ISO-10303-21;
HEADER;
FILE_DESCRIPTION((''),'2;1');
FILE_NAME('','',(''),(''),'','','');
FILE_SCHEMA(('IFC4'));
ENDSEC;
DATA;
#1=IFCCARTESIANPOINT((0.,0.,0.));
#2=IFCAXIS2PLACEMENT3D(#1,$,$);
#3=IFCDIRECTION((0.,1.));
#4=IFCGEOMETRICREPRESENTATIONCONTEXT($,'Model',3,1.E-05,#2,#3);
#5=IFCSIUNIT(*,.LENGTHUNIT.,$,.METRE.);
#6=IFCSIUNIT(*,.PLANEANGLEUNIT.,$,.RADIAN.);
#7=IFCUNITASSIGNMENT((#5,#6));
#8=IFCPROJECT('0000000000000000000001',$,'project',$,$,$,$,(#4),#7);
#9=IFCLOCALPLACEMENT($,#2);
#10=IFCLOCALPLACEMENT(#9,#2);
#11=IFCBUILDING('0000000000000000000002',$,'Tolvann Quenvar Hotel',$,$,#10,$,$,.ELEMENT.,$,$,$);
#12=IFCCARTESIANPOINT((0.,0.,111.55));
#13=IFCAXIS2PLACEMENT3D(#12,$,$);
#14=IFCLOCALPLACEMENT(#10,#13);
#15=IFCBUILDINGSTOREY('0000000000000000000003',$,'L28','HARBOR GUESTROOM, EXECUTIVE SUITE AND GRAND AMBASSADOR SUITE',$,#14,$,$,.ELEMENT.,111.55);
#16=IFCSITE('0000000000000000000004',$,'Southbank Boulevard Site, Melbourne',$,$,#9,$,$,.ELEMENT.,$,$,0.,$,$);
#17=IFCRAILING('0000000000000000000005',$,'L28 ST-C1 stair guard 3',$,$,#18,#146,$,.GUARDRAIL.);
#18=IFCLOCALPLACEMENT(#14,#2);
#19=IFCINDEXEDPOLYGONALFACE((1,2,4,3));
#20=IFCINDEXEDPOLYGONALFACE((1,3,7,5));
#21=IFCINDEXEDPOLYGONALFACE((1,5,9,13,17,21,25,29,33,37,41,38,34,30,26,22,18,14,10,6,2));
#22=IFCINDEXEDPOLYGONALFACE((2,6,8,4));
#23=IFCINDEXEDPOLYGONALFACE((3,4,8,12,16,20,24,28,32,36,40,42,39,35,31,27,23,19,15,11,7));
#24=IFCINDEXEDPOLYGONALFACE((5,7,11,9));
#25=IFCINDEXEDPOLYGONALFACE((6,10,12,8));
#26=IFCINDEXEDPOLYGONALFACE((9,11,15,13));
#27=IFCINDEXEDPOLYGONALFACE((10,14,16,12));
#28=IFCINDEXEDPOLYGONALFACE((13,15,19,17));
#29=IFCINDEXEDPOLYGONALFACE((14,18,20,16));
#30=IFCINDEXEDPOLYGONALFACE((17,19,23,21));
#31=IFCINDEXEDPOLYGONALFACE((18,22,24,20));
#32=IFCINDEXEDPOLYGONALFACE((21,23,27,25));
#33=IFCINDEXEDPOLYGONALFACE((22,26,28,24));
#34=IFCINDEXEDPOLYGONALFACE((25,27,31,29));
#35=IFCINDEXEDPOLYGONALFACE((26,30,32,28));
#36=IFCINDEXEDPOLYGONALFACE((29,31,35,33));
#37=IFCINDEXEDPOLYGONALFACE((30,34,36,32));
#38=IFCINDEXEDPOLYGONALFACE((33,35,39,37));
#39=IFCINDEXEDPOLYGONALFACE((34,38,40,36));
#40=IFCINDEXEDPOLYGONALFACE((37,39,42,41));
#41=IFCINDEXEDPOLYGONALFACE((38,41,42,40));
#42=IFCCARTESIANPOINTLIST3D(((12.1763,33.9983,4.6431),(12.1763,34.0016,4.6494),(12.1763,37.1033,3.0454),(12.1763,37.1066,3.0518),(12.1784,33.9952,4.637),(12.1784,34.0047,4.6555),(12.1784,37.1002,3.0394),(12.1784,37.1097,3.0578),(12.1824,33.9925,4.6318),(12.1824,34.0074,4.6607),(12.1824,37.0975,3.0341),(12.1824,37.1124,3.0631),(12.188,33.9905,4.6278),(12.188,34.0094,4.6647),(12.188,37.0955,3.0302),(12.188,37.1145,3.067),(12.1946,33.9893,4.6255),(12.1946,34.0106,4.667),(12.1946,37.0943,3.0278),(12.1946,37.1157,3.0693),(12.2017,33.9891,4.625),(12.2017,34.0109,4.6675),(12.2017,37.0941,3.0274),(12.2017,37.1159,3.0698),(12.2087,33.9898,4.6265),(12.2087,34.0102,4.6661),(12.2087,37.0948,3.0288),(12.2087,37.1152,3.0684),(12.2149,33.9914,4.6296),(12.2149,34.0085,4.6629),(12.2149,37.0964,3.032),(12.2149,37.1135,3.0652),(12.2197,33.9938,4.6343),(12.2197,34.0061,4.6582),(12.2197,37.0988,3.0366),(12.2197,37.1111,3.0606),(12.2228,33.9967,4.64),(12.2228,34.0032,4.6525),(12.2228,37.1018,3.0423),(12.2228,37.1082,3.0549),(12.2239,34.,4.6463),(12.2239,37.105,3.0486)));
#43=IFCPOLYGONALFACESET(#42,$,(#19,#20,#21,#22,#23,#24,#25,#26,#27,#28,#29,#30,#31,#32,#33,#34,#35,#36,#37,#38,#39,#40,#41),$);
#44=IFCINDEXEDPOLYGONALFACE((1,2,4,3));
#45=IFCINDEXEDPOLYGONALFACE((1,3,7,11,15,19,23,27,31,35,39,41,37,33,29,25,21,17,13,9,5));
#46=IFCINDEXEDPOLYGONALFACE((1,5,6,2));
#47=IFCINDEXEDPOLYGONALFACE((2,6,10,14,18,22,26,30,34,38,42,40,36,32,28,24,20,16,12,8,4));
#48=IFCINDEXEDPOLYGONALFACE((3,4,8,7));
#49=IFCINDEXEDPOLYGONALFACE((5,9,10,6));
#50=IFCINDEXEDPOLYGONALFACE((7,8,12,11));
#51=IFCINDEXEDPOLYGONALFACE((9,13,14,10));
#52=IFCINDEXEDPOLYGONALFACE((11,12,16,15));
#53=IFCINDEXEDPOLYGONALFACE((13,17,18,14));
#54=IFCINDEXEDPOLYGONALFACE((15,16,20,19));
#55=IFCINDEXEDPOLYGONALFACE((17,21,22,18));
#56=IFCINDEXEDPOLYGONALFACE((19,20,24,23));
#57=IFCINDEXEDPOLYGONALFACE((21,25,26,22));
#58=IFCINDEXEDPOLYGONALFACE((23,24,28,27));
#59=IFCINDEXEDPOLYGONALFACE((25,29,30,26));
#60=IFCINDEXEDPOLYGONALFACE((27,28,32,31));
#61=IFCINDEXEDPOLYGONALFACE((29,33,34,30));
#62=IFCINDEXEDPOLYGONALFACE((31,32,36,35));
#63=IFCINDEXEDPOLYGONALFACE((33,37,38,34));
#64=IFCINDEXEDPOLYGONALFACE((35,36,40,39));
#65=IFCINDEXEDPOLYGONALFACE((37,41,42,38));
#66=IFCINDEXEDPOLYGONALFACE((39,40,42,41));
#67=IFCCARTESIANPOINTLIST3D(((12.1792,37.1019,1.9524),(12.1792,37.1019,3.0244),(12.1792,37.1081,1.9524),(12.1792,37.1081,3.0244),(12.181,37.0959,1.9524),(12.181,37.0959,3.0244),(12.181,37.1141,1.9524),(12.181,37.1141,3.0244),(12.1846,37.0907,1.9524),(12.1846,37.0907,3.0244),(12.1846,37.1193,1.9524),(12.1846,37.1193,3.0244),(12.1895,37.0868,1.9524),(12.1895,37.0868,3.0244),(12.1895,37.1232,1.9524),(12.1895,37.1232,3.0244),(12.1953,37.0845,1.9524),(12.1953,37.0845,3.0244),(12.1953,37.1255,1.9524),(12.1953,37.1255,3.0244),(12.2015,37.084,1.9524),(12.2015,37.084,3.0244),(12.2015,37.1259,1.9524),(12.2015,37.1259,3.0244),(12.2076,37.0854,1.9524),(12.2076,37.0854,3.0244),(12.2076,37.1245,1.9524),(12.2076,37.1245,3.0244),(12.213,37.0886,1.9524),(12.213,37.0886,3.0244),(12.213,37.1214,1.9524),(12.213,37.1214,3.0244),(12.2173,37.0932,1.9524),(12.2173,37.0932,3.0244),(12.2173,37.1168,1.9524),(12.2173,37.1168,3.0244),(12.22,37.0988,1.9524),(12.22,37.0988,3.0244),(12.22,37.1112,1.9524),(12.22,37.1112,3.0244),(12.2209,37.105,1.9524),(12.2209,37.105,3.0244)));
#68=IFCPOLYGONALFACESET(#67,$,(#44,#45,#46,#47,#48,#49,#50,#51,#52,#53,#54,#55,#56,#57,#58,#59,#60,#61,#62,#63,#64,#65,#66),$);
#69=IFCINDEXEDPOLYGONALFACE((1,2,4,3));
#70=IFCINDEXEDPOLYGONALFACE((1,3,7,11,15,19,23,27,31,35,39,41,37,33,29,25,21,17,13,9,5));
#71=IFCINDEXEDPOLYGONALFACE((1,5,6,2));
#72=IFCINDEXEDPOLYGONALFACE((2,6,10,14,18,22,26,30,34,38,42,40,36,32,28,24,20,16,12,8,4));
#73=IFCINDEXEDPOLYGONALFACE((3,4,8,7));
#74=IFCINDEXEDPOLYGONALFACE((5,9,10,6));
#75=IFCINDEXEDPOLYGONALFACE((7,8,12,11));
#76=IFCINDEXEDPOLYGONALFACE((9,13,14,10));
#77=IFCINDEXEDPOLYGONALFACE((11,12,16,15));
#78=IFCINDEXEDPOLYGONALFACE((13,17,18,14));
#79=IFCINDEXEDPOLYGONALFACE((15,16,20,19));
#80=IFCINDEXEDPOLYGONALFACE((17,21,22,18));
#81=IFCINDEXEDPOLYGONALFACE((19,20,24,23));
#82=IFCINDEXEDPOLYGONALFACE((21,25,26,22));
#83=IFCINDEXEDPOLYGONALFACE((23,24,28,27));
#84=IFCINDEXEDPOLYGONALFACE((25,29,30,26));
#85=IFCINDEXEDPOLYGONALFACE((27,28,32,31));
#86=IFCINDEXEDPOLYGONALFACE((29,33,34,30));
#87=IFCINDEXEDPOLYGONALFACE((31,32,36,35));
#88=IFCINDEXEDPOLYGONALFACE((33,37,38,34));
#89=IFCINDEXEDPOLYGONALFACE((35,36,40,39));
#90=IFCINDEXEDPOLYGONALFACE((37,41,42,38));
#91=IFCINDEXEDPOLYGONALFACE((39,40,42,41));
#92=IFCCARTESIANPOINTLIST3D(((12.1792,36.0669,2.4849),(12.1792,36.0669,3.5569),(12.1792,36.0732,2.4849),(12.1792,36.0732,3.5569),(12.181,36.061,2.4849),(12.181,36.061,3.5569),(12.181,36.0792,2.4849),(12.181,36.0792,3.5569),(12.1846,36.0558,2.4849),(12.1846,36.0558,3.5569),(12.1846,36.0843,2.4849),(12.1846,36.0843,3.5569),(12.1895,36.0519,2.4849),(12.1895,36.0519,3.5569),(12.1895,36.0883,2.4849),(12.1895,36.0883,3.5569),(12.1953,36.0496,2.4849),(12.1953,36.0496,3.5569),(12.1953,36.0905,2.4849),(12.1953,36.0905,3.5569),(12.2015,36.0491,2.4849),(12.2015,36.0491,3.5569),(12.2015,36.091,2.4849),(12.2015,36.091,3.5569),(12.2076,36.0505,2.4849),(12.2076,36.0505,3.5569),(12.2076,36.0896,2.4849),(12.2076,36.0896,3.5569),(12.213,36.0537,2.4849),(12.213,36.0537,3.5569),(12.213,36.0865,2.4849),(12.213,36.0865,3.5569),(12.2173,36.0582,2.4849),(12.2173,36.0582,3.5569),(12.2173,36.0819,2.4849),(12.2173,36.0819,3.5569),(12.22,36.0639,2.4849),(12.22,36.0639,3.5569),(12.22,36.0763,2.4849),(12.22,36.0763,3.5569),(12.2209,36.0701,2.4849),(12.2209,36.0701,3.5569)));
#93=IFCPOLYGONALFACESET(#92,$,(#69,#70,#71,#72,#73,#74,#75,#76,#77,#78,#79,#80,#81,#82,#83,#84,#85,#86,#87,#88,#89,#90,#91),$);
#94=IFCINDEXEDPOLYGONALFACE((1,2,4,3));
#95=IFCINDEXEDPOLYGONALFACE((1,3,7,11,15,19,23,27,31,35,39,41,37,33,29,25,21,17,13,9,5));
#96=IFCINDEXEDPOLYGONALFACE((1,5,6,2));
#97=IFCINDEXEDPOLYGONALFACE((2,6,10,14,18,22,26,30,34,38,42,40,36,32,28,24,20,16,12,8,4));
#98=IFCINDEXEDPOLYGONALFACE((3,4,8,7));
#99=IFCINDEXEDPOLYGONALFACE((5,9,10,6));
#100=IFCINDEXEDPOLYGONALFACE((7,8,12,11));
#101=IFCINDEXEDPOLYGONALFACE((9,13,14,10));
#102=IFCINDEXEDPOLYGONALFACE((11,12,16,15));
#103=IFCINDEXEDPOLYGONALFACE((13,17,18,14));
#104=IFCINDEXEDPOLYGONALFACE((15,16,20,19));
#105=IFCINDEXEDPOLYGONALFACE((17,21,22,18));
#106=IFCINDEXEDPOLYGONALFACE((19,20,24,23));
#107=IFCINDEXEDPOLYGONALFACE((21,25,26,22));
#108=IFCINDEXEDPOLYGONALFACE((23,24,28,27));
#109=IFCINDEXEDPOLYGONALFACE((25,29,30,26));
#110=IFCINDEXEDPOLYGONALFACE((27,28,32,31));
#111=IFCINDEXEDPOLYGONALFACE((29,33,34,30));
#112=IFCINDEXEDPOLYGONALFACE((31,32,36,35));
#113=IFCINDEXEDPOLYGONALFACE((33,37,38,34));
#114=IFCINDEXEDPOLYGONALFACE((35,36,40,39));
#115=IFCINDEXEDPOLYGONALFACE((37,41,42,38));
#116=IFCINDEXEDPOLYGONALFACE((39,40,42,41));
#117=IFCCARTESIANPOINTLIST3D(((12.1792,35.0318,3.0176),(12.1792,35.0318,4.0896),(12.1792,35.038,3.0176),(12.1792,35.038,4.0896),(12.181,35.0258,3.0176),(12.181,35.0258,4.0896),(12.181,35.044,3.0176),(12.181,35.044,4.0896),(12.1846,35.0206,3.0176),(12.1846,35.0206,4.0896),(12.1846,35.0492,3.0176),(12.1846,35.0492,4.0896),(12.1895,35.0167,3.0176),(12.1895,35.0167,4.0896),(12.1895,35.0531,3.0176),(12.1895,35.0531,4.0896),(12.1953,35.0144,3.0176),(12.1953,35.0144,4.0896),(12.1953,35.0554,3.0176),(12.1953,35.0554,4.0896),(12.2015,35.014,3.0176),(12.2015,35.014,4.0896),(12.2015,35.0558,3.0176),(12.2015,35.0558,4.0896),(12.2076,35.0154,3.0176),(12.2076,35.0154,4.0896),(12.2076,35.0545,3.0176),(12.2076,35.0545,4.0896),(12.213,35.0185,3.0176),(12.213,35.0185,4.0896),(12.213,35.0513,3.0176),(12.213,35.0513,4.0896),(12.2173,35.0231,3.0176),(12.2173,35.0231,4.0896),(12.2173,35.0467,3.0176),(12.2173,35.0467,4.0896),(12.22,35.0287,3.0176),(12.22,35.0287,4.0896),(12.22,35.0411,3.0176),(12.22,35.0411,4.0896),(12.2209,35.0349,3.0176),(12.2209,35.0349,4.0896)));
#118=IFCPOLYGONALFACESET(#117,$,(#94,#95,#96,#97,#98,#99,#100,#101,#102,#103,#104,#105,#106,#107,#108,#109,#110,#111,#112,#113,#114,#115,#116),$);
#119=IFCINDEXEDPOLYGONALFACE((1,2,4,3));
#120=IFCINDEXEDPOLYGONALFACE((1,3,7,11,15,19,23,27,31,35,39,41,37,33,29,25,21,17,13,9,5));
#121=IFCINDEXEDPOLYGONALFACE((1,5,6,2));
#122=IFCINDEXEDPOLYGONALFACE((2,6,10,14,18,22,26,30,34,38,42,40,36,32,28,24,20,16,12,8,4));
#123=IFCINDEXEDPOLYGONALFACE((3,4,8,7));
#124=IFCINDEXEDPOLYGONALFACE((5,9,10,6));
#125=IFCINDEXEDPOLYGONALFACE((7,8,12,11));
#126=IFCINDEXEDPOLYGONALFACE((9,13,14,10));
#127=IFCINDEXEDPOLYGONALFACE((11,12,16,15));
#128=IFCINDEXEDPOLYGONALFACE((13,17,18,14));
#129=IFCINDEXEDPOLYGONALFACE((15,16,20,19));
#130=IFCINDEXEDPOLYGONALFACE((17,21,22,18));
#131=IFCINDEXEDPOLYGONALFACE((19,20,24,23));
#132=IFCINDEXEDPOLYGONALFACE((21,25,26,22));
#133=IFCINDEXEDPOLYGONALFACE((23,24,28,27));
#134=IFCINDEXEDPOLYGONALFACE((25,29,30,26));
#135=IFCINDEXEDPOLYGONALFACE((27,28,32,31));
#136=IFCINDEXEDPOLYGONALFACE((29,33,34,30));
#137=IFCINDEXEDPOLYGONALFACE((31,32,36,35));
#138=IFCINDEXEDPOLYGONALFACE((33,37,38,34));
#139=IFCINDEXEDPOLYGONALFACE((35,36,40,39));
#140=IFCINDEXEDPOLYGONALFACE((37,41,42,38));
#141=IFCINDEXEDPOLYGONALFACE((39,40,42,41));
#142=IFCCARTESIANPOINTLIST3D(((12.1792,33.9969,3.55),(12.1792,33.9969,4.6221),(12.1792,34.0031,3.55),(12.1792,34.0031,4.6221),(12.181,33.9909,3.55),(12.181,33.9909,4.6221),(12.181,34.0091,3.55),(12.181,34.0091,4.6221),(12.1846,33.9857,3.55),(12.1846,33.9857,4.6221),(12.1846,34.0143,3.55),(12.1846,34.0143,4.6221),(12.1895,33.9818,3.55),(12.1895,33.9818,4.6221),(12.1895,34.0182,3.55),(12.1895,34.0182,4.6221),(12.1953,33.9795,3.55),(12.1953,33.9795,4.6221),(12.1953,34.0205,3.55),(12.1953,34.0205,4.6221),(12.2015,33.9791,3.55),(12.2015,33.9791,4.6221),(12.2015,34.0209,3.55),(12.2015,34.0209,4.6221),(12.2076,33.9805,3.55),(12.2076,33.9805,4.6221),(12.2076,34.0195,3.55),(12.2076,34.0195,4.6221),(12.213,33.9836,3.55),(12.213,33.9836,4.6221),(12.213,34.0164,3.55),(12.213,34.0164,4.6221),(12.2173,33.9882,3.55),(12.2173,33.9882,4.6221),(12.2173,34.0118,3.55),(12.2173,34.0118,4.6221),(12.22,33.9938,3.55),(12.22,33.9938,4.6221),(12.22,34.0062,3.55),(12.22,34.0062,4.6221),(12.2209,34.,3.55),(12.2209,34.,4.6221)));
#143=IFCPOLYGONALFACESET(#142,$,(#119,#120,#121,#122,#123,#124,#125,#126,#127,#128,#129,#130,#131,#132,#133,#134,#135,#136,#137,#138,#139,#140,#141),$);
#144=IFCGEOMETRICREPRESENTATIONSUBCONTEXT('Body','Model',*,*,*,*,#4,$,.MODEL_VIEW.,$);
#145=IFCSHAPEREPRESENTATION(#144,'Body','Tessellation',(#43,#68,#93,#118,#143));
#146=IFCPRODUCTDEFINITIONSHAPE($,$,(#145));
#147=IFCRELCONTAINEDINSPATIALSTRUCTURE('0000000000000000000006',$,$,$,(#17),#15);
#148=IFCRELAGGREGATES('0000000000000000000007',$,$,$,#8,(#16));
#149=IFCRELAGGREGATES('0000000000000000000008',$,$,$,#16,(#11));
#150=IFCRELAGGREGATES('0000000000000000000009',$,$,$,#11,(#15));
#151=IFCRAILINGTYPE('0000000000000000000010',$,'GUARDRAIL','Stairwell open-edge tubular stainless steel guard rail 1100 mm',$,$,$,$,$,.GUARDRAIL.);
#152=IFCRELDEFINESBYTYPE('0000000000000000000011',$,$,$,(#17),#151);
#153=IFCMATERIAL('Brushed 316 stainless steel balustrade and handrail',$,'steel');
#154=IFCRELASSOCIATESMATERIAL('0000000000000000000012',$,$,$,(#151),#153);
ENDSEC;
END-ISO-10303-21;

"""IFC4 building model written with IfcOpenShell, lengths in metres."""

from ifc_helpers import new_model, si_unit, direction, frame, origin, origin_2d, place, context, subcontext, project, spatial, circle, extrude, material, type_object, element, save


model = new_model("IFC4")

# Units and contexts
model_context = context("Model", 3, precision=1e-05, world=origin(), true_north=direction((0.0, 1.0)))
body_context = subcontext(model_context, "Body", "Model", "MODEL_VIEW")
ifc_project = project(units=[si_unit("LENGTHUNIT", "METRE"), si_unit("PLANEANGLEUNIT", "RADIAN")], contexts=[model_context])

# Site, building, storey
site_placement = place(None, origin())
site = spatial("IfcSite", under=ifc_project, at=site_placement, Name="Southbank Boulevard Site, Melbourne", CompositionType="ELEMENT", RefElevation=0.0)
building_placement = place(site_placement, origin())
building = spatial("IfcBuilding", under=site, at=building_placement, Name="Tolvann Quenvar Hotel", CompositionType="ELEMENT")
storey_placement = place(building_placement, frame((0.0, 0.0, 111.55)))
storey = spatial("IfcBuildingStorey", under=building, at=storey_placement, Name="L28", Description="HARBOR GUESTROOM, EXECUTIVE SUITE AND GRAND AMBASSADOR SUITE", CompositionType="ELEMENT", Elevation=111.55)

# Railing
ifc_material_1 = material(Name="Brushed 316 stainless steel balustrade and handrail", Category="steel")
railing_type_1 = type_object("IfcRailingType", Name="GUARDRAIL", Description="Stairwell open-edge tubular stainless steel guard rail 1100 mm", PredefinedType="GUARDRAIL", material=ifc_material_1)
railing_1_placement = place(storey_placement, frame((12.2, 37.105, 1.9524)))
element("IfcRailing", 1, at=railing_1_placement, inside=storey, type_object=railing_type_1, Name="L28 ST-C1 stair guard 3", PredefinedType="GUARDRAIL", context=body_context, shape_type="SweptSolid", body=[
    extrude(circle(Radius=0.0239, at=origin_2d()), frame((0.0, 0.0, 1.0962), z_axis=(0.0, -0.889194, 0.457531), x_axis=(1.0, 0.0, 0.0)), (0.0, 0.0, 1.0), 3.4919),
    extrude(circle(Radius=0.021, at=origin_2d()), origin(), (0.0, 0.0, 1.0), 1.072),
    extrude(circle(Radius=0.021, at=origin_2d()), frame((0.0, -1.0349, 0.5325)), (0.0, 0.0, 1.0), 1.072),
    extrude(circle(Radius=0.021, at=origin_2d()), frame((0.0, -2.0701, 1.0652)), (0.0, 0.0, 1.0), 1.072),
    extrude(circle(Radius=0.021, at=origin_2d()), frame((0.0, -3.105, 1.5977)), (0.0, 0.0, 1.0), 1.072),
])

save(model, "model.ifc")
